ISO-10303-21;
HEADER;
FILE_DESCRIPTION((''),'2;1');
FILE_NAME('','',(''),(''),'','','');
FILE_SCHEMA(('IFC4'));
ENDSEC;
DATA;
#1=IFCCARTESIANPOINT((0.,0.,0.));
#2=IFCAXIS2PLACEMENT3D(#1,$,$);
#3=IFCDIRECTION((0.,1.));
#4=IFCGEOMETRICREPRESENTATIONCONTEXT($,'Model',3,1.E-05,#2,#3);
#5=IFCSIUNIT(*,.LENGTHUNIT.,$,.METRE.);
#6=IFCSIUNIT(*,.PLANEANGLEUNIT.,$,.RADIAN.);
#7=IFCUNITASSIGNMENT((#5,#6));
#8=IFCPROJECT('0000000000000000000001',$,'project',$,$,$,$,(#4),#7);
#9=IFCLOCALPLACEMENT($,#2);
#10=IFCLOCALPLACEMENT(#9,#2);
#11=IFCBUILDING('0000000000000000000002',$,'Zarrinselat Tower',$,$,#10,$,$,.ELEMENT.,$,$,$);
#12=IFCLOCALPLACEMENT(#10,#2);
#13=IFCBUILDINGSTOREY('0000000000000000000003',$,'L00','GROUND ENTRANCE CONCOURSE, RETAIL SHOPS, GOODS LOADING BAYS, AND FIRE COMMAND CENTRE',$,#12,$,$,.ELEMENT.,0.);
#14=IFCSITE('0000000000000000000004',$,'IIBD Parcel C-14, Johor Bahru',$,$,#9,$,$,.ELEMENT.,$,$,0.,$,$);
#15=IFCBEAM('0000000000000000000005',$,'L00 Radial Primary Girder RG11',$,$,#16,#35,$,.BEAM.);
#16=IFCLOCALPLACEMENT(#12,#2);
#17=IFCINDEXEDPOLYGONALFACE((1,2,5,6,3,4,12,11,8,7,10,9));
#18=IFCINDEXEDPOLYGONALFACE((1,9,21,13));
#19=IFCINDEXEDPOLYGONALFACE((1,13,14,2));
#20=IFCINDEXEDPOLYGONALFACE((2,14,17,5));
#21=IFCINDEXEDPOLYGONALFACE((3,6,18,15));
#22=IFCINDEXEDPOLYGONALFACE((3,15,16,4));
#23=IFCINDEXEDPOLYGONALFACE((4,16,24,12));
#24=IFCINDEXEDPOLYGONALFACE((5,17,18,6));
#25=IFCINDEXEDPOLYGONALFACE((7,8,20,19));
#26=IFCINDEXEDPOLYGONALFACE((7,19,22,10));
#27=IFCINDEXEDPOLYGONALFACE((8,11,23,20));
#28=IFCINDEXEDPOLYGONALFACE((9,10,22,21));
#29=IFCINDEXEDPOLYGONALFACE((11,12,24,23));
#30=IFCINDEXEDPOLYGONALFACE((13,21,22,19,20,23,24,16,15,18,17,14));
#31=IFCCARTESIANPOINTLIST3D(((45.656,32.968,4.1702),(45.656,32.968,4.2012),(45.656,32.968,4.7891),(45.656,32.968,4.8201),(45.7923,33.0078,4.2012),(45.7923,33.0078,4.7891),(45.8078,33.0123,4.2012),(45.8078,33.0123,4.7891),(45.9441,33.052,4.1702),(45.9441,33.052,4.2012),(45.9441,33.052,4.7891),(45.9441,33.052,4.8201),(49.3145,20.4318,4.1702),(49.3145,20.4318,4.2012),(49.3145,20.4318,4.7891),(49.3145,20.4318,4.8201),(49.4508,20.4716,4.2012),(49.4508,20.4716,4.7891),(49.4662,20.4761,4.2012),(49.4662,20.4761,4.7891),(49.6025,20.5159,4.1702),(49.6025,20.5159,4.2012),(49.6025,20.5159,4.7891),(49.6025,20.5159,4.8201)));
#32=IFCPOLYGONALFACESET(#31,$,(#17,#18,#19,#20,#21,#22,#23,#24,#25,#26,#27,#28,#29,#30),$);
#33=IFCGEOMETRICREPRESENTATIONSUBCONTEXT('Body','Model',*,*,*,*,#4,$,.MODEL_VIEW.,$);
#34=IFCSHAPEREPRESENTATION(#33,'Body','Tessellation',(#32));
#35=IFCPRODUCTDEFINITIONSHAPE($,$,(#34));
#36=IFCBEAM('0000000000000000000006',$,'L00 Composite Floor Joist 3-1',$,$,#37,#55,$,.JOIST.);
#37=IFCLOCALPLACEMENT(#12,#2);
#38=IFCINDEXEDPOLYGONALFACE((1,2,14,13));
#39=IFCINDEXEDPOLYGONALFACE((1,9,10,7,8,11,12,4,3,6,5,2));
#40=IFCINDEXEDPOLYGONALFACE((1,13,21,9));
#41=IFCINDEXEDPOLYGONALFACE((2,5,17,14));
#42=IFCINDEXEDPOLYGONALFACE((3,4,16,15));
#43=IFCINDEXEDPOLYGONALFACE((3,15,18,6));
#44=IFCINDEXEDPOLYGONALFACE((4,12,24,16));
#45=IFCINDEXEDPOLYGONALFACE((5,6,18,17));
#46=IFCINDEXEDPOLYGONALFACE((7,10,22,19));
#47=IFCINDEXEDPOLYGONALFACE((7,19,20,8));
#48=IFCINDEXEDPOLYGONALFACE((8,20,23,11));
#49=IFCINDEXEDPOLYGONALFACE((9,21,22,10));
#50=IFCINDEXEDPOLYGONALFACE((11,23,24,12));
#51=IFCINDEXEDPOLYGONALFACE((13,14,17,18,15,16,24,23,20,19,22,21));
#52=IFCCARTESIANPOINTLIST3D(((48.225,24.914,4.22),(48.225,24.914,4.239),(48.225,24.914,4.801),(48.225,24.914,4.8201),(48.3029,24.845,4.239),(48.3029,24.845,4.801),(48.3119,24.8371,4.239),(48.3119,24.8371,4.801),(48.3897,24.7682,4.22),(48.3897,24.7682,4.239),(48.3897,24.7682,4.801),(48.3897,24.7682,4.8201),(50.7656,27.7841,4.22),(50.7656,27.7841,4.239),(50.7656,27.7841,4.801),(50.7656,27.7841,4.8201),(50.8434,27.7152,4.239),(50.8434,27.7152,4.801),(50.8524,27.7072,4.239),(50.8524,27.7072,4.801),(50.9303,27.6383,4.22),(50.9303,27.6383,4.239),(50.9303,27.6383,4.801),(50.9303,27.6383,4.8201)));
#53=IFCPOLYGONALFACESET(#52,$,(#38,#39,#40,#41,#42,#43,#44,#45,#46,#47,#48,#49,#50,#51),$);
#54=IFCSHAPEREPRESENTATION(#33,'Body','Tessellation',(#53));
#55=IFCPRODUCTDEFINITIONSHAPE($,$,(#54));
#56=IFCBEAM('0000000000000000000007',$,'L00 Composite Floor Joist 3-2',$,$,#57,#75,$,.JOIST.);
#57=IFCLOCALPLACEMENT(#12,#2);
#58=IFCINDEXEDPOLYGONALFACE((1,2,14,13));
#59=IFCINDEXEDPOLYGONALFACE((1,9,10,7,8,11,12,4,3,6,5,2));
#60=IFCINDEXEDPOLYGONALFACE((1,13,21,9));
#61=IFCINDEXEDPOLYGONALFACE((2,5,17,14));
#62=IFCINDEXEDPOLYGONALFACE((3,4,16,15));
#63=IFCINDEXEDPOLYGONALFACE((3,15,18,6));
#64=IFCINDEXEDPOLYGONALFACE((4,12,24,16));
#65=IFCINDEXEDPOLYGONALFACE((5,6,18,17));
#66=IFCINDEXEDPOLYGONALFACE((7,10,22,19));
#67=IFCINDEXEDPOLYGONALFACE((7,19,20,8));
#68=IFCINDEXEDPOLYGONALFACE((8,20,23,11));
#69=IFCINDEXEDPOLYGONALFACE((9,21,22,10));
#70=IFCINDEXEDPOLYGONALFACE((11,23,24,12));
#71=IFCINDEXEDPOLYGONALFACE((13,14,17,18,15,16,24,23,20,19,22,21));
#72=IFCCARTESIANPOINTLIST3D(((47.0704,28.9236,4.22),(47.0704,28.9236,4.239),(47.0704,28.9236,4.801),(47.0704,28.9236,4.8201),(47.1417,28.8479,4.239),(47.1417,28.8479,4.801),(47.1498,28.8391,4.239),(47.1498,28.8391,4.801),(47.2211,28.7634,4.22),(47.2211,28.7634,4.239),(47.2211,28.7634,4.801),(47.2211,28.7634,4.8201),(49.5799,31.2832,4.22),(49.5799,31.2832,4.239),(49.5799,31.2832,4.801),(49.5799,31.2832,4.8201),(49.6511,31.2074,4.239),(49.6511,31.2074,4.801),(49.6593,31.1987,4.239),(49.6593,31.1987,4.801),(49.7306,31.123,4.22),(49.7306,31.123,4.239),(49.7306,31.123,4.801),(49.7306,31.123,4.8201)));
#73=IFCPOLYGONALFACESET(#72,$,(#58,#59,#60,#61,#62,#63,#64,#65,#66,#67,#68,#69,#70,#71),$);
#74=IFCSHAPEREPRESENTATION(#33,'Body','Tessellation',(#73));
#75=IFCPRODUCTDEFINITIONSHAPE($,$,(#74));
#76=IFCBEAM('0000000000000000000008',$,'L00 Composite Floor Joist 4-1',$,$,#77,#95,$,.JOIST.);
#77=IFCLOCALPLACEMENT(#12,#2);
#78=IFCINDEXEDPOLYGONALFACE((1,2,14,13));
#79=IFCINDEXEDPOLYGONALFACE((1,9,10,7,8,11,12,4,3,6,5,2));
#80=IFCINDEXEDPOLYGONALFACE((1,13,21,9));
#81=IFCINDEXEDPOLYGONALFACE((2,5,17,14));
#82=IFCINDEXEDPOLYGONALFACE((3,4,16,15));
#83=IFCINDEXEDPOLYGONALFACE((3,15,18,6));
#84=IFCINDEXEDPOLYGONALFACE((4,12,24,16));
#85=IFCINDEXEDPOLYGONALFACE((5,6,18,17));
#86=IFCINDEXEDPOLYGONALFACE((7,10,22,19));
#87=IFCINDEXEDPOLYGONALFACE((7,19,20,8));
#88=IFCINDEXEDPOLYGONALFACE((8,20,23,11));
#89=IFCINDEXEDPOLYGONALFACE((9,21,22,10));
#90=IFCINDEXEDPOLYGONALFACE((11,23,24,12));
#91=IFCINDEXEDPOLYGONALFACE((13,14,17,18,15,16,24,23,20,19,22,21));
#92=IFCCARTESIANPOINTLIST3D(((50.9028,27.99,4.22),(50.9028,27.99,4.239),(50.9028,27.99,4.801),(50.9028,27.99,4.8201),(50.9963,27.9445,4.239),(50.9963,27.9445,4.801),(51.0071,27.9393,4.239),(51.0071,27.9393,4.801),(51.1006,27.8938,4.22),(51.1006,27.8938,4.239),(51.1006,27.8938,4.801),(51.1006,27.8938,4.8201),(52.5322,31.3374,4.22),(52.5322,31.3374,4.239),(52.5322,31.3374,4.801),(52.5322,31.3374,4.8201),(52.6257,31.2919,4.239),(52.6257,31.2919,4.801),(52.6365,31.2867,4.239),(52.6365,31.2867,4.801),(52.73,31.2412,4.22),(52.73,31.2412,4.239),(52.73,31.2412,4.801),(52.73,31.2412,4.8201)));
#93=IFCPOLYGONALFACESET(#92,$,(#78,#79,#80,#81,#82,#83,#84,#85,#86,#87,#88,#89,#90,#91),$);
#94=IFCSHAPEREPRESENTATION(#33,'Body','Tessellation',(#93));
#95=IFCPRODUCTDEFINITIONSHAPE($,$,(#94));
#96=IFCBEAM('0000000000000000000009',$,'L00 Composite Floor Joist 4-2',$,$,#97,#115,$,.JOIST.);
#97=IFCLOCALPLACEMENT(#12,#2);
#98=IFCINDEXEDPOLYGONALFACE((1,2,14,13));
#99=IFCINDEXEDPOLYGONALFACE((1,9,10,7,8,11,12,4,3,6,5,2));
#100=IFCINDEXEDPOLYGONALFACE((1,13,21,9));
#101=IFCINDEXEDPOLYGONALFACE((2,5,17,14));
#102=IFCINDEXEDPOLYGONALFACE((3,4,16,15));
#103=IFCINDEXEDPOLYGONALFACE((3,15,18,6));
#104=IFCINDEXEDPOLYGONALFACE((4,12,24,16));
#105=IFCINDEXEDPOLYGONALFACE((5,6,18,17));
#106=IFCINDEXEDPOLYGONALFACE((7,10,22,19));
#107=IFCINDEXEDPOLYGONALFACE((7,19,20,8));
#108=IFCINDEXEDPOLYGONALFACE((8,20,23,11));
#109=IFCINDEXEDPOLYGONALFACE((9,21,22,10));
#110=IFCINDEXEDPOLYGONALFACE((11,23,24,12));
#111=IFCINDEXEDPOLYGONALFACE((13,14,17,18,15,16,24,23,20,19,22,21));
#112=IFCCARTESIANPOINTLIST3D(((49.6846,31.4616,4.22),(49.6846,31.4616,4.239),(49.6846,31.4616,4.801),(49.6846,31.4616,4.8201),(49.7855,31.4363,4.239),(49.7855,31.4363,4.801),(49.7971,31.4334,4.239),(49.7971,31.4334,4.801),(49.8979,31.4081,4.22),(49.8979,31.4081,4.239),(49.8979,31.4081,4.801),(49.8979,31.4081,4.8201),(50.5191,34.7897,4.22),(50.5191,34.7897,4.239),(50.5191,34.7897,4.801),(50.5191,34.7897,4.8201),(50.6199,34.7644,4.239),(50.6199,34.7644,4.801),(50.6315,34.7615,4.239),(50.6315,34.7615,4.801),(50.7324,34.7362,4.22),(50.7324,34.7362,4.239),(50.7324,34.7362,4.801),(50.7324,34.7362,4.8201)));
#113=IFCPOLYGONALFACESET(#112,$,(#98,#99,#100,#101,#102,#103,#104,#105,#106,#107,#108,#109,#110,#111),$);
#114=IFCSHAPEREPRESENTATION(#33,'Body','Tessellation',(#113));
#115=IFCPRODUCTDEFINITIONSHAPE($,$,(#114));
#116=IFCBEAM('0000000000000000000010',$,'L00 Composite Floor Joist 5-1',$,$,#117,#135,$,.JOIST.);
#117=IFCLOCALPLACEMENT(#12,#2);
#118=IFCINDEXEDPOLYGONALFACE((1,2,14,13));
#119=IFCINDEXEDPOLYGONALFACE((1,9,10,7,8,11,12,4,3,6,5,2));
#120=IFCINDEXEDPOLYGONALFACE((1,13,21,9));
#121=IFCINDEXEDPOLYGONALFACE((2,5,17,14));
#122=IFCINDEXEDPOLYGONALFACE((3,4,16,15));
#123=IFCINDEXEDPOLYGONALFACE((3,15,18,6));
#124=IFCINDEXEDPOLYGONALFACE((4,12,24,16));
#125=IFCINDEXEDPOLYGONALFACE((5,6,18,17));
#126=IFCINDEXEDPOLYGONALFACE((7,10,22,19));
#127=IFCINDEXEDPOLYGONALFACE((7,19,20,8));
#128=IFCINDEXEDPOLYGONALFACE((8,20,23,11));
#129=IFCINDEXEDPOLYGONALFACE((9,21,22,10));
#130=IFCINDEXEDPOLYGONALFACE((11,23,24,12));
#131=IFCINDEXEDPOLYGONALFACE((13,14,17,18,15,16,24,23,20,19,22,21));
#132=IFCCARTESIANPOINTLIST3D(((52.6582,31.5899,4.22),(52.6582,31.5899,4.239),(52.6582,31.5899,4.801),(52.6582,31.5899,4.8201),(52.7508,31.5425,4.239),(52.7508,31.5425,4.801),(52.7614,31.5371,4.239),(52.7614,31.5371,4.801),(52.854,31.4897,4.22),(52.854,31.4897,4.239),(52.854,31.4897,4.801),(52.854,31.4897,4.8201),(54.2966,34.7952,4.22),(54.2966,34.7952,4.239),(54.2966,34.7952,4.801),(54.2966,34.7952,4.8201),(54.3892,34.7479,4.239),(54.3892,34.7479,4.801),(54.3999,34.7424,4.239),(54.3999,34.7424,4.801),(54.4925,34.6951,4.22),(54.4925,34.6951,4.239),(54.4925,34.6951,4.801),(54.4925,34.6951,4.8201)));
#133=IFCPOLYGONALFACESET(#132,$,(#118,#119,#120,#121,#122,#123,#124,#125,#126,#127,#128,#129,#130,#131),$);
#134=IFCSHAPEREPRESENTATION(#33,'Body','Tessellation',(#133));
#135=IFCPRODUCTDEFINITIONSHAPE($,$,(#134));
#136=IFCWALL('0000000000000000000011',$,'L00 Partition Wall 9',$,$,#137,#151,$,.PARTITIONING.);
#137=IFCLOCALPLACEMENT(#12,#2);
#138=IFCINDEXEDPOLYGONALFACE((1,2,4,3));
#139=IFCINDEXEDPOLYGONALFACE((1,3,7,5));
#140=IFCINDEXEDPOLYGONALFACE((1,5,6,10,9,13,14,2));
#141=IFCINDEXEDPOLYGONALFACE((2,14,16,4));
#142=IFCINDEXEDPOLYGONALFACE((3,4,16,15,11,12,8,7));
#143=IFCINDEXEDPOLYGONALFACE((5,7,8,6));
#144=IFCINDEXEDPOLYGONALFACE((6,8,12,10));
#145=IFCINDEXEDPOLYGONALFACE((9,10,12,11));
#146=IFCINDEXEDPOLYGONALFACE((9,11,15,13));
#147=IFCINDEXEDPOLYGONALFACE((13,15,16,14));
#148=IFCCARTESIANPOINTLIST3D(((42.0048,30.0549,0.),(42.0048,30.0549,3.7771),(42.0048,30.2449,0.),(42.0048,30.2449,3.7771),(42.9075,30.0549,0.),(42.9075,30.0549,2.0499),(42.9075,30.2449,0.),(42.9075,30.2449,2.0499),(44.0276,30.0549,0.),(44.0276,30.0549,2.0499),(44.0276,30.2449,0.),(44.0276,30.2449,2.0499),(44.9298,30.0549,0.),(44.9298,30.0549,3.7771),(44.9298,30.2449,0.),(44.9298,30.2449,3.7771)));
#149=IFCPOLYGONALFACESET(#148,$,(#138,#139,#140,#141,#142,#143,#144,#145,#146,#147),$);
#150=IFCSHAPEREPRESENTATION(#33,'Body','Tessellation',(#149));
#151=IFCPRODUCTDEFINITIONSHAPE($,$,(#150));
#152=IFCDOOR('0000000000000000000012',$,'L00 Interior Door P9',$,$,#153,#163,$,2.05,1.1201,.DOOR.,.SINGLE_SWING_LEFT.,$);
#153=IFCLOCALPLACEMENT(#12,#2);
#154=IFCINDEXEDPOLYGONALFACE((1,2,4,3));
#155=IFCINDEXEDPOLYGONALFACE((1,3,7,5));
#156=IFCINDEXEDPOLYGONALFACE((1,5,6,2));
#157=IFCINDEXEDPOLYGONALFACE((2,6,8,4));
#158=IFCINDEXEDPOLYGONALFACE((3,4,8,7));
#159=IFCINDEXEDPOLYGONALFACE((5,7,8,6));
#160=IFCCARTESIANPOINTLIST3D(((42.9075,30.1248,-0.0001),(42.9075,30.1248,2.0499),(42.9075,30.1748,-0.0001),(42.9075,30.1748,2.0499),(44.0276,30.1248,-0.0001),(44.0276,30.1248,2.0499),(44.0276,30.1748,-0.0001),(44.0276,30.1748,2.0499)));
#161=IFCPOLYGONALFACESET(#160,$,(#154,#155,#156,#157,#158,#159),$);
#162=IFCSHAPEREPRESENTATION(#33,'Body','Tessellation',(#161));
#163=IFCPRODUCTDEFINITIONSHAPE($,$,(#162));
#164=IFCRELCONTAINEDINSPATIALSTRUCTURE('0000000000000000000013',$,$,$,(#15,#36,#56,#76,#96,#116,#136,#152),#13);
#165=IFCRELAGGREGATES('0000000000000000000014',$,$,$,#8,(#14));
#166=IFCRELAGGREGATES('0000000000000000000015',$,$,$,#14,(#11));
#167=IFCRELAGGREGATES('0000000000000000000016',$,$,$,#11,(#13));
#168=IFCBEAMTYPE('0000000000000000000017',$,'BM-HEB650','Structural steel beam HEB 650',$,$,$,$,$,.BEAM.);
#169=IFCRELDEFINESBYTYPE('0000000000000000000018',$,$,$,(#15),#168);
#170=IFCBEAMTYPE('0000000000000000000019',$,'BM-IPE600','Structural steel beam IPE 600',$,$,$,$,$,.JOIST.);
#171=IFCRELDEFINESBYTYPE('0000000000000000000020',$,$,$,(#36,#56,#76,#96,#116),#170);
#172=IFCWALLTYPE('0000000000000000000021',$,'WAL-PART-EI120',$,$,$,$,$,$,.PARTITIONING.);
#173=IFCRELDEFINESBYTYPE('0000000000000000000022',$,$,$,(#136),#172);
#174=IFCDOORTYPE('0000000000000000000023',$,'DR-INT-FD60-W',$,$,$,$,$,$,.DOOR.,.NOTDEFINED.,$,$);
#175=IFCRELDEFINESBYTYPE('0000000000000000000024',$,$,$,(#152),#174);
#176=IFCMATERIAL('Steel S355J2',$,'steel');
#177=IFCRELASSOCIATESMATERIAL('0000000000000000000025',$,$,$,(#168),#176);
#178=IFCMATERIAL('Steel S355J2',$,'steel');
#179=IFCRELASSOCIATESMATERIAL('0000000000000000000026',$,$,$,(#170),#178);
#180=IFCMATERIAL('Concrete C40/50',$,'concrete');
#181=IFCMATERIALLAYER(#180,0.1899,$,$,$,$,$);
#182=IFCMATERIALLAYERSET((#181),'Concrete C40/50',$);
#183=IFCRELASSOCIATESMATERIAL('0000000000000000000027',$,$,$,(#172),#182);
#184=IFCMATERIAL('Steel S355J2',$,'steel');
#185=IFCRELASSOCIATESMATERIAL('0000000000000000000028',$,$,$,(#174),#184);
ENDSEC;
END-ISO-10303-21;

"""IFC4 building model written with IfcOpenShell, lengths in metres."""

from ifc_helpers import new_model, si_unit, direction, frame, frame_2d, origin, origin_2d, place, context, subcontext, project, spatial, rectangle, i_section, extrude, material, layer, layer_set, material_profile, profile_set, type_object, element, fill, save


model = new_model("IFC4")

# Units and contexts
model_context = context("Model", 3, precision=1e-05, world=origin(), true_north=direction((0.0, 1.0)))
body_context = subcontext(model_context, "Body", "Model", "MODEL_VIEW")
ifc_project = project(units=[si_unit("LENGTHUNIT", "METRE"), si_unit("PLANEANGLEUNIT", "RADIAN")], contexts=[model_context])

# Site, building, storey
site_placement = place(None, origin())
site = spatial("IfcSite", under=ifc_project, at=site_placement, Name="IIBD Parcel C-14, Johor Bahru", CompositionType="ELEMENT", RefElevation=0.0)
building_placement = place(site_placement, origin())
building = spatial("IfcBuilding", under=site, at=building_placement, Name="Zarrinselat Tower", CompositionType="ELEMENT")
storey_placement = place(building_placement, origin())
storey = spatial("IfcBuildingStorey", under=building, at=storey_placement, Name="L00", Description="GROUND ENTRANCE CONCOURSE, RETAIL SHOPS, GOODS LOADING BAYS, AND FIRE COMMAND CENTRE", CompositionType="ELEMENT", Elevation=0.0)

# Beams
ifc_material_1 = material(Name="Steel S355J2", Category="steel")
ifc_material_profile_1 = material_profile(ifc_material_1, i_section(OverallWidth=0.3, OverallDepth=0.6499, WebThickness=0.0161, FlangeThickness=0.031, at=origin_2d()), Name="HEB 650")
ifc_profile_set_1 = profile_set([ifc_material_profile_1], Name="Steel S355J2")
beam_type_1 = type_object("IfcBeamType", Name="BM-HEB650", Description="Structural steel beam HEB 650", PredefinedType="BEAM", material=ifc_profile_set_1)
beam_1_placement = place(storey_placement, frame((45.8, 33.01, 4.4951), z_axis=(0.280146, -0.959957, 0.0), x_axis=(0.959957, 0.280146, 0.0)))
element("IfcBeam", 1, at=beam_1_placement, inside=storey, type_object=beam_type_1, Name="L00 Radial Primary Girder RG11", PredefinedType="BEAM", context=body_context, shape_type="SweptSolid", body=[
    extrude(i_section(OverallWidth=0.3, OverallDepth=0.6499, WebThickness=0.0161, FlangeThickness=0.031, at=origin_2d()), origin(), (0.0, 0.0, 1.0), 13.0591),
])
ifc_material_2 = material(Name="Steel S355J2", Category="steel")
ifc_material_profile_2 = material_profile(ifc_material_2, i_section(OverallWidth=0.22, OverallDepth=0.6001, WebThickness=0.012, FlangeThickness=0.019, at=origin_2d()), Name="IPE 600")
ifc_profile_set_2 = profile_set([ifc_material_profile_2], Name="Steel S355J2")
beam_type_2 = type_object("IfcBeamType", Name="BM-IPE600", Description="Structural steel beam IPE 600", PredefinedType="JOIST", material=ifc_profile_set_2)
beam_2_placement = place(storey_placement, frame((48.3074, 24.8411, 4.52), z_axis=(0.662805, 0.748792, 0.0), x_axis=(-0.748792, 0.662805, 0.0)))
element("IfcBeam", 2, at=beam_2_placement, inside=storey, type_object=beam_type_2, Name="L00 Composite Floor Joist 3-1", PredefinedType="JOIST", context=body_context, shape_type="SweptSolid", body=[
    extrude(i_section(OverallWidth=0.22, OverallDepth=0.6001, WebThickness=0.012, FlangeThickness=0.019, at=origin_2d()), origin(), (0.0, 0.0, 1.0), 3.833),
])
beam_3_placement = place(storey_placement, frame((47.1458, 28.8435, 4.52), z_axis=(0.728531, 0.685013, 0.0), x_axis=(-0.685013, 0.728531, 0.0)))
element("IfcBeam", 3, at=beam_3_placement, inside=storey, type_object=beam_type_2, Name="L00 Composite Floor Joist 3-2", PredefinedType="JOIST", context=body_context, shape_type="SweptSolid", body=[
    extrude(i_section(OverallWidth=0.22, OverallDepth=0.6001, WebThickness=0.012, FlangeThickness=0.019, at=origin_2d()), origin(), (0.0, 0.0, 1.0), 3.4446),
])
beam_4_placement = place(storey_placement, frame((51.0017, 27.9419, 4.52), z_axis=(0.437666, 0.899137, 0.0), x_axis=(-0.899137, 0.437666, 0.0)))
element("IfcBeam", 4, at=beam_4_placement, inside=storey, type_object=beam_type_2, Name="L00 Composite Floor Joist 4-1", PredefinedType="JOIST", context=body_context, shape_type="SweptSolid", body=[
    extrude(i_section(OverallWidth=0.22, OverallDepth=0.6001, WebThickness=0.012, FlangeThickness=0.019, at=origin_2d()), origin(), (0.0, 0.0, 1.0), 3.7229),
])
beam_5_placement = place(storey_placement, frame((49.7913, 31.4348, 4.52), z_axis=(0.243205, 0.969975, 0.0), x_axis=(-0.969975, 0.243205, 0.0)))
element("IfcBeam", 5, at=beam_5_placement, inside=storey, type_object=beam_type_2, Name="L00 Composite Floor Joist 4-2", PredefinedType="JOIST", context=body_context, shape_type="SweptSolid", body=[
    extrude(i_section(OverallWidth=0.22, OverallDepth=0.6001, WebThickness=0.012, FlangeThickness=0.019, at=origin_2d()), origin(), (0.0, 0.0, 1.0), 3.4312),
])
beam_6_placement = place(storey_placement, frame((52.7561, 31.5398, 4.52), z_axis=(0.455145, 0.890418, 0.0), x_axis=(-0.890418, 0.455145, 0.0)))
element("IfcBeam", 6, at=beam_6_placement, inside=storey, type_object=beam_type_2, Name="L00 Composite Floor Joist 5-1", PredefinedType="JOIST", context=body_context, shape_type="SweptSolid", body=[
    extrude(i_section(OverallWidth=0.22, OverallDepth=0.6001, WebThickness=0.012, FlangeThickness=0.019, at=origin_2d()), origin(), (0.0, 0.0, 1.0), 3.5999),
])

# Wall, opening, door
ifc_material_3 = material(Name="Concrete C40/50", Category="concrete")
ifc_layer_1 = layer(ifc_material_3, 0.1899)
ifc_layer_set_1 = layer_set([ifc_layer_1], Name="Concrete C40/50")
wall_type_1 = type_object("IfcWallType", Name="WAL-PART-EI120", PredefinedType="PARTITIONING", material=ifc_layer_set_1)
wall_1_placement = place(storey_placement, frame((42.0049, 30.1499, 0.0), z_axis=(0.0, 0.0, 1.0), x_axis=(1.0, 0.0, 0.0)))
wall_1 = element("IfcWall", 7, at=wall_1_placement, inside=storey, type_object=wall_type_1, Name="L00 Partition Wall 9", PredefinedType="PARTITIONING", context=body_context, shape_type="SweptSolid", body=[
    extrude(rectangle(XDim=2.925, YDim=0.1899, at=frame_2d((1.4624, 0.0))), origin(), (0.0, 0.0, 1.0), 3.7771),
])
opening_1_placement = place(wall_1_placement, frame((0.9026, 0.0, 0.0)))
opening_1 = element("IfcOpeningElement", 8, at=opening_1_placement, cuts=wall_1, PredefinedType="OPENING", context=body_context, shape_type="SweptSolid", body=[
    extrude(rectangle(XDim=1.1201, YDim=2.05, at=frame_2d((0.5601, 1.0249))), frame((0.0, 0.105, 0.0), z_axis=(0.0, -1.0, 0.0), x_axis=(1.0, 0.0, 0.0)), (0.0, 0.0, 1.0), 0.21),
])
ifc_material_4 = material(Name="Steel S355J2", Category="steel")
door_type_1 = type_object("IfcDoorType", Name="DR-INT-FD60-W", OperationType="NOTDEFINED", PredefinedType="DOOR", material=ifc_material_4)
door_1_placement = place(opening_1_placement, origin())
door_1 = element("IfcDoor", 9, at=door_1_placement, inside=storey, type_object=door_type_1, Name="L00 Interior Door P9", OperationType="SINGLE_SWING_LEFT", OverallHeight=2.05, OverallWidth=1.1201, PredefinedType="DOOR", context=body_context, shape_type="SweptSolid", body=[
    extrude(rectangle(XDim=1.1201, YDim=2.05, at=frame_2d((0.5601, 1.0249))), frame((0.0, 0.0249, 0.0), z_axis=(0.0, -1.0, 0.0), x_axis=(1.0, 0.0, 0.0)), (0.0, 0.0, 1.0), 0.05),
])
fill(opening_1, door_1)

save(model, "model.ifc")
